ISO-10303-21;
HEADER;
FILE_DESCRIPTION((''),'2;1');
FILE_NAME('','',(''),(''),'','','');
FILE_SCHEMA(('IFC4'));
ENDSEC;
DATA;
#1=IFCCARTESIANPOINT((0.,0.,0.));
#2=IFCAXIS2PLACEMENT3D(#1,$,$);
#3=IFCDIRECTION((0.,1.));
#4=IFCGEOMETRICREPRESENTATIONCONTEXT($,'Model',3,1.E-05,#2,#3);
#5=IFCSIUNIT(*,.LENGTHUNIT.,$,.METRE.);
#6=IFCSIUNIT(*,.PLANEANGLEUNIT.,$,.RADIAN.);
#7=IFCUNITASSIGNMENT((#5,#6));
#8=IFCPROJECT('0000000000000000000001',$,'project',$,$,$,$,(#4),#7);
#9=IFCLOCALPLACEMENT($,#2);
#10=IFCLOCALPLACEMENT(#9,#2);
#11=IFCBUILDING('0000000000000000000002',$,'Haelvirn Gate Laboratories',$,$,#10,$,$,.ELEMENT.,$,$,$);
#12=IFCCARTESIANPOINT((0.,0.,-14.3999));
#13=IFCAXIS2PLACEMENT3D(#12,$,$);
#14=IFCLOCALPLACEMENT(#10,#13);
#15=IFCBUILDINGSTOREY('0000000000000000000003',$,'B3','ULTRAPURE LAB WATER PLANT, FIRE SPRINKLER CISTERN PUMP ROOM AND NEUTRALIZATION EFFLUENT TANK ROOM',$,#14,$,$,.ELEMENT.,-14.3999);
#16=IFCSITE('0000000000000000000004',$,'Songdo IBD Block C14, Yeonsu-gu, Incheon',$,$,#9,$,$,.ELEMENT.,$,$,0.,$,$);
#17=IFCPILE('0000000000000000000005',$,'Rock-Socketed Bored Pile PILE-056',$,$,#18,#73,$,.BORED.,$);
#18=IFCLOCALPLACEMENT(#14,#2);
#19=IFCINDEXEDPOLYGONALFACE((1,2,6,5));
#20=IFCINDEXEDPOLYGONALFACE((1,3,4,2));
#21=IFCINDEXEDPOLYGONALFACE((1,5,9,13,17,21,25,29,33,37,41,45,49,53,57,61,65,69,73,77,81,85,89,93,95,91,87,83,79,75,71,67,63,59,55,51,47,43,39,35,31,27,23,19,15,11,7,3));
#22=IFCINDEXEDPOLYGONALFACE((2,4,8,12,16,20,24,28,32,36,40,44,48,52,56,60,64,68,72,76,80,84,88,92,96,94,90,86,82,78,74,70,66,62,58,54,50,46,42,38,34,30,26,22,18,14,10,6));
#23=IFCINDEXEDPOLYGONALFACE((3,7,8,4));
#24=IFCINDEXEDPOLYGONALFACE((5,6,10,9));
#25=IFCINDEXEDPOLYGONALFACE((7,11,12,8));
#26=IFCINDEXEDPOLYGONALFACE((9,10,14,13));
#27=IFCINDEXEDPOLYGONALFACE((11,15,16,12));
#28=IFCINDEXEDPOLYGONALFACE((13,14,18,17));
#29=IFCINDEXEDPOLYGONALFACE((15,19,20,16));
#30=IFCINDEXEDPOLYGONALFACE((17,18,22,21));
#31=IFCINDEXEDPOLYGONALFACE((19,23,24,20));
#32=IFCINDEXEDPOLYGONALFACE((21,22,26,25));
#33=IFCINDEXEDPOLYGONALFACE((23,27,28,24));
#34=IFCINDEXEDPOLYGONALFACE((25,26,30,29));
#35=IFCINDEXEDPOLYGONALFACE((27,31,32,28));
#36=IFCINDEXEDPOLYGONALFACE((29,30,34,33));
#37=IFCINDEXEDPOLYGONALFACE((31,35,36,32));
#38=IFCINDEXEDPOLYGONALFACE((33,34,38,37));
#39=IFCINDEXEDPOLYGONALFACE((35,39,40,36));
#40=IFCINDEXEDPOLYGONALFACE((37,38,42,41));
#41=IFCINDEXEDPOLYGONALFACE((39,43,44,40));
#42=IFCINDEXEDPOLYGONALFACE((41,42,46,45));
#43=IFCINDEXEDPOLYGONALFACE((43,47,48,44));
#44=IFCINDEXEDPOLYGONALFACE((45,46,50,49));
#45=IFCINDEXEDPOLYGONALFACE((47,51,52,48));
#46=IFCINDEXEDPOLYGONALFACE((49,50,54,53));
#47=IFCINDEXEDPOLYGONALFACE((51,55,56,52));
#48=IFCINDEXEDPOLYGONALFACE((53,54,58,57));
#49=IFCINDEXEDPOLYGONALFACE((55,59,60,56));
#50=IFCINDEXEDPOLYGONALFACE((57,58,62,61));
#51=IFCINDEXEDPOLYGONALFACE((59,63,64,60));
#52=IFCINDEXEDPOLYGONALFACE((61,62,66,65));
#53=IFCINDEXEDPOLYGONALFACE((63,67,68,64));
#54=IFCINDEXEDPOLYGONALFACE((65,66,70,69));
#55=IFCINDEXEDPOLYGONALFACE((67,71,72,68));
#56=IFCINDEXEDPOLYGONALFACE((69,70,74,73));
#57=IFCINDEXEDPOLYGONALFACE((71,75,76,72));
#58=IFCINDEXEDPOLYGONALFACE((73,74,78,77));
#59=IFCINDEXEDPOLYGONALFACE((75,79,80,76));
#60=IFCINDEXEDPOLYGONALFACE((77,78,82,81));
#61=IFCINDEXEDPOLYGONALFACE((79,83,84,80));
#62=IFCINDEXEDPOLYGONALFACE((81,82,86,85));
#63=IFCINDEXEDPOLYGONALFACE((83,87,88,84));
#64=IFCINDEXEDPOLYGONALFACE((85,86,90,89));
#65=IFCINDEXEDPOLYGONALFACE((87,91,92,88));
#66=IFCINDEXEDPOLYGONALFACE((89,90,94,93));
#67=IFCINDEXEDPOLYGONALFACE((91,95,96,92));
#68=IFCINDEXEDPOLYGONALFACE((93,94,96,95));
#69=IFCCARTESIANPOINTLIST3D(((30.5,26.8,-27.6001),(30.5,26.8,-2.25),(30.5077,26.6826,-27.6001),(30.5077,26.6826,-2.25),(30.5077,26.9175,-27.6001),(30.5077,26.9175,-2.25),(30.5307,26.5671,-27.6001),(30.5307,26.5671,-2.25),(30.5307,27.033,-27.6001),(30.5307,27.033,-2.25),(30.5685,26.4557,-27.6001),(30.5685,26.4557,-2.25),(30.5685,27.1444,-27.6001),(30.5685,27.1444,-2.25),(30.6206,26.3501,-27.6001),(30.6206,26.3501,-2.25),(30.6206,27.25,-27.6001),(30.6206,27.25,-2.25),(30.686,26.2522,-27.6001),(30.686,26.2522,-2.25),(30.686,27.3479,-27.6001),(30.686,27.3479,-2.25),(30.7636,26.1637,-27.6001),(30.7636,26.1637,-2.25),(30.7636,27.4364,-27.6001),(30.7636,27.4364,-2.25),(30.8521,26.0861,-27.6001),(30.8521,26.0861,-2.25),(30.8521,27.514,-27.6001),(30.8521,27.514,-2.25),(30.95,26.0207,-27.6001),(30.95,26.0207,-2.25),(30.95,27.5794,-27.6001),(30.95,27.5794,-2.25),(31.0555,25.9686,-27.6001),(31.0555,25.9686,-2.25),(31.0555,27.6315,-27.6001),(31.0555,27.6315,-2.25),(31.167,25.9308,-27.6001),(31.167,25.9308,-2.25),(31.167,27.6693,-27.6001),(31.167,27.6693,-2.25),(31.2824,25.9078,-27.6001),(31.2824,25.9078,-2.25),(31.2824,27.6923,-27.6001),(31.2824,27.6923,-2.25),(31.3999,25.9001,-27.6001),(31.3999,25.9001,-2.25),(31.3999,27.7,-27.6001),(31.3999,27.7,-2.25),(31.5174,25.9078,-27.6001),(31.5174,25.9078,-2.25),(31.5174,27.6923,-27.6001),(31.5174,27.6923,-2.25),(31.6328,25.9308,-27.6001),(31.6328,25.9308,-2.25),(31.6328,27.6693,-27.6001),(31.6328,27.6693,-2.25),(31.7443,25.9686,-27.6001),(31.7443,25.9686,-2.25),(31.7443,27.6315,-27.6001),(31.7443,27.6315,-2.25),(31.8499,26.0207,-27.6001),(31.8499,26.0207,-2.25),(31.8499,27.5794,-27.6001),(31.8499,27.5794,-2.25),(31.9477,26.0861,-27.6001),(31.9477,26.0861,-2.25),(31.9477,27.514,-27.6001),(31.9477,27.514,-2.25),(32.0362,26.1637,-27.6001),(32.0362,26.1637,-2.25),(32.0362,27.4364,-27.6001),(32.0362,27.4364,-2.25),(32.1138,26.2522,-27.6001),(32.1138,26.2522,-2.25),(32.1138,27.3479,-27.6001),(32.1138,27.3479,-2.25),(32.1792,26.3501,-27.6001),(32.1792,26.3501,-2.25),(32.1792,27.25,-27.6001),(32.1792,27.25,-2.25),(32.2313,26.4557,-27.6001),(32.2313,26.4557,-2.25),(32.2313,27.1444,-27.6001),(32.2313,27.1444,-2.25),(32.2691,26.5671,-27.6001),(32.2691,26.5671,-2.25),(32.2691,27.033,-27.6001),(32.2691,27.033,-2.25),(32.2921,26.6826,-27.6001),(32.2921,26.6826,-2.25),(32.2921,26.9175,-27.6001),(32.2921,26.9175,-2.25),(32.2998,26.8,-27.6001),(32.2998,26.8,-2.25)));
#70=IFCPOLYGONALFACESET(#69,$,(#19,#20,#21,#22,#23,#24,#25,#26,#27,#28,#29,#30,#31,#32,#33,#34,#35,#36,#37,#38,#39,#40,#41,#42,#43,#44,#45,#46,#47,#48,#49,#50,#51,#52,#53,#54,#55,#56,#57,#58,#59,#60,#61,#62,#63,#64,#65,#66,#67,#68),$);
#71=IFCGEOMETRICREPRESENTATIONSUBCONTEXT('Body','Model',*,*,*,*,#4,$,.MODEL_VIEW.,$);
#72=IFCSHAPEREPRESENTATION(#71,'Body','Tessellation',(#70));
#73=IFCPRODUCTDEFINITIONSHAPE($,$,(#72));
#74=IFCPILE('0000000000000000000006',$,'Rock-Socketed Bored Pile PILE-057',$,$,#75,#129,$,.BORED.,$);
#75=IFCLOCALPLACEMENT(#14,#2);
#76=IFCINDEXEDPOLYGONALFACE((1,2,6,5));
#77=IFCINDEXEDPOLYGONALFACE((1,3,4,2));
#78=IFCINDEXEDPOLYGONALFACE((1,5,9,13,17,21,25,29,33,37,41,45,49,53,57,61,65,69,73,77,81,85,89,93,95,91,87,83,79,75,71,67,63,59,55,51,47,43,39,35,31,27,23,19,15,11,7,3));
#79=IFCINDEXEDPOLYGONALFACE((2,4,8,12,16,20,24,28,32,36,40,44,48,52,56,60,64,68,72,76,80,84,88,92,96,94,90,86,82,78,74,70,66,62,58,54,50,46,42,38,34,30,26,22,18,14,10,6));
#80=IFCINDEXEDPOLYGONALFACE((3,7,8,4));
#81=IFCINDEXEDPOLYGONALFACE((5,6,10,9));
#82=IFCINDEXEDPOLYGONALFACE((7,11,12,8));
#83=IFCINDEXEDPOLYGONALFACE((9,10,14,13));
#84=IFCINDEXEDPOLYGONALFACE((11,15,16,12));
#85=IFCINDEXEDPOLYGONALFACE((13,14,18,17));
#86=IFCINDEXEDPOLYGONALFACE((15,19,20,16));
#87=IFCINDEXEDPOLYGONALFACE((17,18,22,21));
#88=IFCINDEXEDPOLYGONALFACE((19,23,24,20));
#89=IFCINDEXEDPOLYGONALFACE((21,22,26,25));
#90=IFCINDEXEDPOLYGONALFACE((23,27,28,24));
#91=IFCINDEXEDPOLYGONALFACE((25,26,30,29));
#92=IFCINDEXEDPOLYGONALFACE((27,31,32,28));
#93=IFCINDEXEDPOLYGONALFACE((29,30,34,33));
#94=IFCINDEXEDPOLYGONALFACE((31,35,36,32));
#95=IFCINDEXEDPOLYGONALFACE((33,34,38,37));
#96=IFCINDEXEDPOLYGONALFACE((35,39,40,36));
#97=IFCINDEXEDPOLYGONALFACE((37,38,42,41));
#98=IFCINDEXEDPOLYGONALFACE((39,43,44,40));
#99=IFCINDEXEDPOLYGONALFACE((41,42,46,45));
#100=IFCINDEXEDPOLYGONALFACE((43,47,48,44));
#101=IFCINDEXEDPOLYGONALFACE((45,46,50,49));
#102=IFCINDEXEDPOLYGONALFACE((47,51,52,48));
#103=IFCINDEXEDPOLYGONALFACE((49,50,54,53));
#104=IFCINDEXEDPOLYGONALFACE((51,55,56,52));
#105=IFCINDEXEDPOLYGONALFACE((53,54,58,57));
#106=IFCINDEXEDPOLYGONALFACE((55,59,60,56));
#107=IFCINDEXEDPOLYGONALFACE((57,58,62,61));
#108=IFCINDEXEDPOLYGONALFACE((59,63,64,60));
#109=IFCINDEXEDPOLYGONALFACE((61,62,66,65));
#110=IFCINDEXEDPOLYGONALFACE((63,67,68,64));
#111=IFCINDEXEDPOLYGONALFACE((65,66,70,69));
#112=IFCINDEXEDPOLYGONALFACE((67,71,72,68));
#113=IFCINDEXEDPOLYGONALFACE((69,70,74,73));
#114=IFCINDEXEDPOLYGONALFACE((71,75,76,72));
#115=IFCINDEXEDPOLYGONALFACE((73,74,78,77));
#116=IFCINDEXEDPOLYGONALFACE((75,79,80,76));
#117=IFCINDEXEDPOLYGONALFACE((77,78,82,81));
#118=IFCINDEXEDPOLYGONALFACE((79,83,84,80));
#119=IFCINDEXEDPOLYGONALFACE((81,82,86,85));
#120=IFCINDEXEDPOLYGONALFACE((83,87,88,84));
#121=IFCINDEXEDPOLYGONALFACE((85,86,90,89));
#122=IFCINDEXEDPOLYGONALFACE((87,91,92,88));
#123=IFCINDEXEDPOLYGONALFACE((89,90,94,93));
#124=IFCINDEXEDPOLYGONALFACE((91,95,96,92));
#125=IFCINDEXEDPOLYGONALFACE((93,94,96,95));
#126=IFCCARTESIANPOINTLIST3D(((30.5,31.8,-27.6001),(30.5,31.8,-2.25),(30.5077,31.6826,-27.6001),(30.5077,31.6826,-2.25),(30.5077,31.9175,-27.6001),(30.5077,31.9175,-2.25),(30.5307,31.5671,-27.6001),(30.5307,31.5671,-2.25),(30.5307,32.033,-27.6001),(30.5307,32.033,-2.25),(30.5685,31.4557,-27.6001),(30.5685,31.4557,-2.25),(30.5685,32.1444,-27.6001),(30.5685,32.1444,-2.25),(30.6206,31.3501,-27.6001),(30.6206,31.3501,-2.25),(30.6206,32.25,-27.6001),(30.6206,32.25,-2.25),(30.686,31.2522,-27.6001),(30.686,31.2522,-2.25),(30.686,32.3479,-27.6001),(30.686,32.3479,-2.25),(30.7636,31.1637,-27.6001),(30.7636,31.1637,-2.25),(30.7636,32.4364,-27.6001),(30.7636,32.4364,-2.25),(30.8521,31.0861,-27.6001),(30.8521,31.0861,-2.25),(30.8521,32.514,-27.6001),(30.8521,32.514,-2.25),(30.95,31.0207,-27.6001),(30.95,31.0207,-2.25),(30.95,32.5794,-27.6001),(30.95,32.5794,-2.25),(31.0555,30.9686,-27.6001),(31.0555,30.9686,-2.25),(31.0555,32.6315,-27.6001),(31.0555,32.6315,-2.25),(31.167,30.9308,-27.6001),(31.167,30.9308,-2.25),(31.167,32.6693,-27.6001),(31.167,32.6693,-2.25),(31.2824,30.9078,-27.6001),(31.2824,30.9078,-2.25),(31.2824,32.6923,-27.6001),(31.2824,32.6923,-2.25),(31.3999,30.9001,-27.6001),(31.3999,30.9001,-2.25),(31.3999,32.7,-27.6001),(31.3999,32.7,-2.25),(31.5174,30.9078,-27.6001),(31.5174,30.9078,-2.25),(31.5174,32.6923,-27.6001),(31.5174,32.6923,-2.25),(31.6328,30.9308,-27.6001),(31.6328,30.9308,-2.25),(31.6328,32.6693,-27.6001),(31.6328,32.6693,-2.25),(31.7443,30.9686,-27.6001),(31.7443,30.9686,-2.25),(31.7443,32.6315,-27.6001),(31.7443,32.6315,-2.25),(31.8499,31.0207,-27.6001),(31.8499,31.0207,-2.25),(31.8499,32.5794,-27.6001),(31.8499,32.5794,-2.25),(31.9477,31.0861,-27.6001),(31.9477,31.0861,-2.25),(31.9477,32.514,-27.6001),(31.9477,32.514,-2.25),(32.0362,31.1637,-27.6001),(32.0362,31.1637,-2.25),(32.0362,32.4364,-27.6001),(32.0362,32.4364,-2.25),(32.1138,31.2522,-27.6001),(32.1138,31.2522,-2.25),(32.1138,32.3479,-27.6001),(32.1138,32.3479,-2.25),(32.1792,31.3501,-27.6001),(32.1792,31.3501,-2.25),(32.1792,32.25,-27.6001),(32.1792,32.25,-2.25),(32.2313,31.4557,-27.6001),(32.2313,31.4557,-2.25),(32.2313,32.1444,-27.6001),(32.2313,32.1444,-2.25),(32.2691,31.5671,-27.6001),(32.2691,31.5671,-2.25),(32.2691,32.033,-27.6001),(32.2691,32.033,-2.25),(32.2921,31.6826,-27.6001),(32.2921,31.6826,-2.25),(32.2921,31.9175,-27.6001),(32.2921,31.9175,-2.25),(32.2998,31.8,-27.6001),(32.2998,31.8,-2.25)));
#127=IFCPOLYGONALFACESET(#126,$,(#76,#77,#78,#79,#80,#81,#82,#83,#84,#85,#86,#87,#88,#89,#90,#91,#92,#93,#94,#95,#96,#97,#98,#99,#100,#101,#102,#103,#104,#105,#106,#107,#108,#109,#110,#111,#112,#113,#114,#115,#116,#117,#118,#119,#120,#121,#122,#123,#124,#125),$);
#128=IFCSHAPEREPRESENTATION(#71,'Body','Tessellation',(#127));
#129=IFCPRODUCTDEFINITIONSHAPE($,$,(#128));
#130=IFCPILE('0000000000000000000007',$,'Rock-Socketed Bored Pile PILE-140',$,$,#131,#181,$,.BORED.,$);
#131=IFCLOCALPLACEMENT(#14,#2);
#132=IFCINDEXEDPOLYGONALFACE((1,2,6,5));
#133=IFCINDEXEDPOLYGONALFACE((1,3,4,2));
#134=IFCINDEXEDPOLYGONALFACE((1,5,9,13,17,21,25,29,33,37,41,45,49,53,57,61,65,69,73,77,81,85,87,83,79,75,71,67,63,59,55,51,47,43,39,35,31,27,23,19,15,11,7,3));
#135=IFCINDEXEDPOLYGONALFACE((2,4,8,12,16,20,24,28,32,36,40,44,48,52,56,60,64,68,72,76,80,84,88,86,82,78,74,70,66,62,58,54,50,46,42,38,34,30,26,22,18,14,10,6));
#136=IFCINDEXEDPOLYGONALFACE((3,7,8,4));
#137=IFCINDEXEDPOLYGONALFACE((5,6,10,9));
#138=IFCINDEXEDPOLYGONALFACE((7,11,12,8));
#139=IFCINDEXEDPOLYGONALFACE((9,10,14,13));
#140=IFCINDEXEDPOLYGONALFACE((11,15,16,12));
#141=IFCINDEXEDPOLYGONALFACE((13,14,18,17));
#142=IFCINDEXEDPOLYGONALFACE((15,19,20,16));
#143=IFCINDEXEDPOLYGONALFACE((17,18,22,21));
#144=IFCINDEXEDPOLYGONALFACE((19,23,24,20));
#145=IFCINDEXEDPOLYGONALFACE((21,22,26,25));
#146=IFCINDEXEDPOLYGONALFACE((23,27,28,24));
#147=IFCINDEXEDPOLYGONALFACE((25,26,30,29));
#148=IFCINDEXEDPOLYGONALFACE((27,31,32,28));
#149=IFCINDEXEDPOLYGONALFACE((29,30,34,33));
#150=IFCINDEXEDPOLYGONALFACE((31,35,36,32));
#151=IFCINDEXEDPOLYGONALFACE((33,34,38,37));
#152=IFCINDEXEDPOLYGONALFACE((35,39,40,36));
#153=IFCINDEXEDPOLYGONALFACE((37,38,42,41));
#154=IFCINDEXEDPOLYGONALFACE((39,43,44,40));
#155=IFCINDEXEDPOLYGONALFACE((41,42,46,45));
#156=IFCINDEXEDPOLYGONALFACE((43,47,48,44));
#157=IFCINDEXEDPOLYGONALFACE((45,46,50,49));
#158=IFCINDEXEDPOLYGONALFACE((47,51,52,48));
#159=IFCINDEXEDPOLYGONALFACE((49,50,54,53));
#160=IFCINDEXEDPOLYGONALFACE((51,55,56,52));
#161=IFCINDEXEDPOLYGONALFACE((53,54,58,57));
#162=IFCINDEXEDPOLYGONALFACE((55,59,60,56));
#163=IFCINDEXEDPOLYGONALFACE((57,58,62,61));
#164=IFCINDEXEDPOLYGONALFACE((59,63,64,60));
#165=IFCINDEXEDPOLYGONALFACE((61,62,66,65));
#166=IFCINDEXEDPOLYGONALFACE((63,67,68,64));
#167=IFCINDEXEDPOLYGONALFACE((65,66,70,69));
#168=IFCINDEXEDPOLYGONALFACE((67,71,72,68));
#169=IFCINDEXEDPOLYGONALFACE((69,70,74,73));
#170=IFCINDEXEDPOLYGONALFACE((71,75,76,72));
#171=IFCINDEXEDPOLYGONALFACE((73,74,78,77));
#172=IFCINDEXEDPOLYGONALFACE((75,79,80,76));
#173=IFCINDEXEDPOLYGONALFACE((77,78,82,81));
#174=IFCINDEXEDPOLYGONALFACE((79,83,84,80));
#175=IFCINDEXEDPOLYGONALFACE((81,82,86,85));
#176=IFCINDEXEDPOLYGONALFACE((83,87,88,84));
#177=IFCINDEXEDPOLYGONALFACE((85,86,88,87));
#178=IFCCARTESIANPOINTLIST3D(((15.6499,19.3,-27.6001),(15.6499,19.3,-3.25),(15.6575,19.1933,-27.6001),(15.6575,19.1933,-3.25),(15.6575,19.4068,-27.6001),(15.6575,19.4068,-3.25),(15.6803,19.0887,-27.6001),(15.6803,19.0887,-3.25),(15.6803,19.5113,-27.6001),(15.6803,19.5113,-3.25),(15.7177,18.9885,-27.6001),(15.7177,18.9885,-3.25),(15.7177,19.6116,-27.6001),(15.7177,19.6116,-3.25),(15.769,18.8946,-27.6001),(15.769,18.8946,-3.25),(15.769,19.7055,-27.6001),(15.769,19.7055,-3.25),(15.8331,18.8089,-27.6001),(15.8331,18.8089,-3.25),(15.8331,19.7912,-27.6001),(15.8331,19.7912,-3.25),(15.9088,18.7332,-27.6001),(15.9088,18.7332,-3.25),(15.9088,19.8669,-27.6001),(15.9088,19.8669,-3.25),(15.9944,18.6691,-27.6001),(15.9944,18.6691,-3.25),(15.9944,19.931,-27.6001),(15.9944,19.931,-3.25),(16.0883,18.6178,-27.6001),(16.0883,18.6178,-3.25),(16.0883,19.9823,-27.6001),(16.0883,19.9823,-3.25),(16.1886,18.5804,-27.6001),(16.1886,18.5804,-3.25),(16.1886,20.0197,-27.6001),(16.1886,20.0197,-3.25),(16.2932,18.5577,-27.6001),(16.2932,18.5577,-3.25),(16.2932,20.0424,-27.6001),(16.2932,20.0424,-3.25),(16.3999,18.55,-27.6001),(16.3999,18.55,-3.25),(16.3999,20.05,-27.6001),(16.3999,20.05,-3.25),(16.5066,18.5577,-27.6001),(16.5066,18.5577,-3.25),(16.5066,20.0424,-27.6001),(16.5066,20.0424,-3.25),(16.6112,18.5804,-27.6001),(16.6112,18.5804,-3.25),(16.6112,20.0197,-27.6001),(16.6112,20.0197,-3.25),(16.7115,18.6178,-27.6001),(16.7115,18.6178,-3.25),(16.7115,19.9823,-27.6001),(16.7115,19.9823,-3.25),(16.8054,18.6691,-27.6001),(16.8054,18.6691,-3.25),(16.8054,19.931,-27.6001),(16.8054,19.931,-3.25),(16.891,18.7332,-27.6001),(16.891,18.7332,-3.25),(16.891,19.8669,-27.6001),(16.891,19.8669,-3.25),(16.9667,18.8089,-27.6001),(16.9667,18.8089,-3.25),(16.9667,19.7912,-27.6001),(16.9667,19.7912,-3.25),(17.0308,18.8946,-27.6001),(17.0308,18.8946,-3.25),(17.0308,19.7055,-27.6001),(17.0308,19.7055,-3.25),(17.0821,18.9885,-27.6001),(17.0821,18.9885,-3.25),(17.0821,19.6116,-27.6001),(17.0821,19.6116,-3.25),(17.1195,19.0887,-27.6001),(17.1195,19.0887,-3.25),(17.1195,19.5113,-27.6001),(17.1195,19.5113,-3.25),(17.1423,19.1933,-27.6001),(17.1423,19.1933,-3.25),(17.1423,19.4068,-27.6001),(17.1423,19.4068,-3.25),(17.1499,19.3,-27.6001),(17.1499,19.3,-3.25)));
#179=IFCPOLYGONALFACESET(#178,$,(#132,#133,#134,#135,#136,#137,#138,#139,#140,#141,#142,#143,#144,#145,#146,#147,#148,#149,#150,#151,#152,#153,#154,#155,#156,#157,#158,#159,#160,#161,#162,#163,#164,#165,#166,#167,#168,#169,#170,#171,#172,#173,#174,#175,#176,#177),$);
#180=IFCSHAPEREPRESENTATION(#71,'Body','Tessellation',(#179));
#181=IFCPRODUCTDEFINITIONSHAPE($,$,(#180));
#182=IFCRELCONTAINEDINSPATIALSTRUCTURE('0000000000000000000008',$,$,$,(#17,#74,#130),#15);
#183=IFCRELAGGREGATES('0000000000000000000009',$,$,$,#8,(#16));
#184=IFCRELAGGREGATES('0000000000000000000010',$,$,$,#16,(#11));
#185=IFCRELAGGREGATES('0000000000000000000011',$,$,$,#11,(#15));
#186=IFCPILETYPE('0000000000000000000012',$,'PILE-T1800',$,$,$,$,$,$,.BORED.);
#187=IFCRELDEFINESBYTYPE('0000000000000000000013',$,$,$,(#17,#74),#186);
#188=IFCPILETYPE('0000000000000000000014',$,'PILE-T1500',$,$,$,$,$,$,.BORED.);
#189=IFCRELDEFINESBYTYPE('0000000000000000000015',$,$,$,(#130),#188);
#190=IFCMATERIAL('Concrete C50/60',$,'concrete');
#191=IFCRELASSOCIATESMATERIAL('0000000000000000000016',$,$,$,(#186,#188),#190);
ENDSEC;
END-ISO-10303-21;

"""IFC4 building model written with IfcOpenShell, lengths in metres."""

from ifc_helpers import new_model, si_unit, direction, frame, origin, origin_2d, place, context, subcontext, project, spatial, circle, extrude, source, transform, mapped, material, material_profile, profile_set, type_object, type_shapes, element, save


model = new_model("IFC4")

# Units and contexts
model_context = context("Model", 3, precision=1e-05, world=origin(), true_north=direction((0.0, 1.0)))
body_context = subcontext(model_context, "Body", "Model", "MODEL_VIEW")
ifc_project = project(units=[si_unit("LENGTHUNIT", "METRE"), si_unit("PLANEANGLEUNIT", "RADIAN")], contexts=[model_context])

# Site, building, storey
site_placement = place(None, origin())
site = spatial("IfcSite", under=ifc_project, at=site_placement, Name="Songdo IBD Block C14, Yeonsu-gu, Incheon", CompositionType="ELEMENT", RefElevation=0.0)
building_placement = place(site_placement, origin())
building = spatial("IfcBuilding", under=site, at=building_placement, Name="Haelvirn Gate Laboratories", CompositionType="ELEMENT")
storey_placement = place(building_placement, frame((0.0, 0.0, -14.3999)))
storey = spatial("IfcBuildingStorey", under=building, at=storey_placement, Name="B3", Description="ULTRAPURE LAB WATER PLANT, FIRE SPRINKLER CISTERN PUMP ROOM AND NEUTRALIZATION EFFLUENT TANK ROOM", CompositionType="ELEMENT", Elevation=-14.3999)

# Piles
ifc_material_1 = material(Name="Concrete C50/60", Category="concrete")
ifc_material_profile_1 = material_profile(ifc_material_1, circle(Radius=0.8999, at=origin_2d()), Name="PILE-D1800")
ifc_profile_set_1 = profile_set([ifc_material_profile_1], Name="Concrete C50/60")
pile_type_1 = type_object("IfcPileType", Name="PILE-T1800", PredefinedType="BORED", material=ifc_profile_set_1)
shared_shape_1 = source(origin(), body_context, "Body", "SweptSolid", [
    extrude(circle(Radius=0.8999, at=origin_2d()), origin(), (0.0, 0.0, 1.0), 25.3501),
])
for number, where, z_axis, x_axis, name in (
    (1, (31.3999, 26.8, -2.25), (0.0, 0.0, -1.0), (1.0, 0.0, 0.0), "Rock-Socketed Bored Pile PILE-056"),
    (2, (31.3999, 31.8, -2.25), (0.0, 0.0, -1.0), (1.0, 0.0, 0.0), "Rock-Socketed Bored Pile PILE-057"),
):
    element("IfcPile", number, at=place(storey_placement, frame(where, z_axis=z_axis, x_axis=x_axis)), inside=storey, type_object=pile_type_1, Name=name, PredefinedType="BORED", context=body_context, shape_type="MappedRepresentation", body=[
        mapped(shared_shape_1, transform((0.0, 0.0, 0.0), scale=1.0)),
    ])
ifc_material_profile_2 = material_profile(ifc_material_1, circle(Radius=0.75, at=origin_2d()), Name="PILE-D1500")
ifc_profile_set_2 = profile_set([ifc_material_profile_2], Name="Concrete C50/60")
pile_type_2 = type_object("IfcPileType", Name="PILE-T1500", PredefinedType="BORED", material=ifc_profile_set_2)
shared_shape_2 = source(origin(), body_context, "Body", "SweptSolid", [
    extrude(circle(Radius=0.75, at=origin_2d()), origin(), (0.0, 0.0, 1.0), 24.3501),
])
type_shapes(pile_type_2, [shared_shape_2])
for number, where, z_axis, x_axis, name in (
    (3, (16.3999, 19.3, -3.25), (0.0, 0.0, -1.0), (1.0, 0.0, 0.0), "Rock-Socketed Bored Pile PILE-140"),
):
    element("IfcPile", number, at=place(storey_placement, frame(where, z_axis=z_axis, x_axis=x_axis)), inside=storey, type_object=pile_type_2, Name=name, PredefinedType="BORED", context=body_context, shape_type="MappedRepresentation", body=[
        mapped(shared_shape_2, transform((0.0, 0.0, 0.0), scale=1.0)),
    ])

save(model, "model.ifc")
